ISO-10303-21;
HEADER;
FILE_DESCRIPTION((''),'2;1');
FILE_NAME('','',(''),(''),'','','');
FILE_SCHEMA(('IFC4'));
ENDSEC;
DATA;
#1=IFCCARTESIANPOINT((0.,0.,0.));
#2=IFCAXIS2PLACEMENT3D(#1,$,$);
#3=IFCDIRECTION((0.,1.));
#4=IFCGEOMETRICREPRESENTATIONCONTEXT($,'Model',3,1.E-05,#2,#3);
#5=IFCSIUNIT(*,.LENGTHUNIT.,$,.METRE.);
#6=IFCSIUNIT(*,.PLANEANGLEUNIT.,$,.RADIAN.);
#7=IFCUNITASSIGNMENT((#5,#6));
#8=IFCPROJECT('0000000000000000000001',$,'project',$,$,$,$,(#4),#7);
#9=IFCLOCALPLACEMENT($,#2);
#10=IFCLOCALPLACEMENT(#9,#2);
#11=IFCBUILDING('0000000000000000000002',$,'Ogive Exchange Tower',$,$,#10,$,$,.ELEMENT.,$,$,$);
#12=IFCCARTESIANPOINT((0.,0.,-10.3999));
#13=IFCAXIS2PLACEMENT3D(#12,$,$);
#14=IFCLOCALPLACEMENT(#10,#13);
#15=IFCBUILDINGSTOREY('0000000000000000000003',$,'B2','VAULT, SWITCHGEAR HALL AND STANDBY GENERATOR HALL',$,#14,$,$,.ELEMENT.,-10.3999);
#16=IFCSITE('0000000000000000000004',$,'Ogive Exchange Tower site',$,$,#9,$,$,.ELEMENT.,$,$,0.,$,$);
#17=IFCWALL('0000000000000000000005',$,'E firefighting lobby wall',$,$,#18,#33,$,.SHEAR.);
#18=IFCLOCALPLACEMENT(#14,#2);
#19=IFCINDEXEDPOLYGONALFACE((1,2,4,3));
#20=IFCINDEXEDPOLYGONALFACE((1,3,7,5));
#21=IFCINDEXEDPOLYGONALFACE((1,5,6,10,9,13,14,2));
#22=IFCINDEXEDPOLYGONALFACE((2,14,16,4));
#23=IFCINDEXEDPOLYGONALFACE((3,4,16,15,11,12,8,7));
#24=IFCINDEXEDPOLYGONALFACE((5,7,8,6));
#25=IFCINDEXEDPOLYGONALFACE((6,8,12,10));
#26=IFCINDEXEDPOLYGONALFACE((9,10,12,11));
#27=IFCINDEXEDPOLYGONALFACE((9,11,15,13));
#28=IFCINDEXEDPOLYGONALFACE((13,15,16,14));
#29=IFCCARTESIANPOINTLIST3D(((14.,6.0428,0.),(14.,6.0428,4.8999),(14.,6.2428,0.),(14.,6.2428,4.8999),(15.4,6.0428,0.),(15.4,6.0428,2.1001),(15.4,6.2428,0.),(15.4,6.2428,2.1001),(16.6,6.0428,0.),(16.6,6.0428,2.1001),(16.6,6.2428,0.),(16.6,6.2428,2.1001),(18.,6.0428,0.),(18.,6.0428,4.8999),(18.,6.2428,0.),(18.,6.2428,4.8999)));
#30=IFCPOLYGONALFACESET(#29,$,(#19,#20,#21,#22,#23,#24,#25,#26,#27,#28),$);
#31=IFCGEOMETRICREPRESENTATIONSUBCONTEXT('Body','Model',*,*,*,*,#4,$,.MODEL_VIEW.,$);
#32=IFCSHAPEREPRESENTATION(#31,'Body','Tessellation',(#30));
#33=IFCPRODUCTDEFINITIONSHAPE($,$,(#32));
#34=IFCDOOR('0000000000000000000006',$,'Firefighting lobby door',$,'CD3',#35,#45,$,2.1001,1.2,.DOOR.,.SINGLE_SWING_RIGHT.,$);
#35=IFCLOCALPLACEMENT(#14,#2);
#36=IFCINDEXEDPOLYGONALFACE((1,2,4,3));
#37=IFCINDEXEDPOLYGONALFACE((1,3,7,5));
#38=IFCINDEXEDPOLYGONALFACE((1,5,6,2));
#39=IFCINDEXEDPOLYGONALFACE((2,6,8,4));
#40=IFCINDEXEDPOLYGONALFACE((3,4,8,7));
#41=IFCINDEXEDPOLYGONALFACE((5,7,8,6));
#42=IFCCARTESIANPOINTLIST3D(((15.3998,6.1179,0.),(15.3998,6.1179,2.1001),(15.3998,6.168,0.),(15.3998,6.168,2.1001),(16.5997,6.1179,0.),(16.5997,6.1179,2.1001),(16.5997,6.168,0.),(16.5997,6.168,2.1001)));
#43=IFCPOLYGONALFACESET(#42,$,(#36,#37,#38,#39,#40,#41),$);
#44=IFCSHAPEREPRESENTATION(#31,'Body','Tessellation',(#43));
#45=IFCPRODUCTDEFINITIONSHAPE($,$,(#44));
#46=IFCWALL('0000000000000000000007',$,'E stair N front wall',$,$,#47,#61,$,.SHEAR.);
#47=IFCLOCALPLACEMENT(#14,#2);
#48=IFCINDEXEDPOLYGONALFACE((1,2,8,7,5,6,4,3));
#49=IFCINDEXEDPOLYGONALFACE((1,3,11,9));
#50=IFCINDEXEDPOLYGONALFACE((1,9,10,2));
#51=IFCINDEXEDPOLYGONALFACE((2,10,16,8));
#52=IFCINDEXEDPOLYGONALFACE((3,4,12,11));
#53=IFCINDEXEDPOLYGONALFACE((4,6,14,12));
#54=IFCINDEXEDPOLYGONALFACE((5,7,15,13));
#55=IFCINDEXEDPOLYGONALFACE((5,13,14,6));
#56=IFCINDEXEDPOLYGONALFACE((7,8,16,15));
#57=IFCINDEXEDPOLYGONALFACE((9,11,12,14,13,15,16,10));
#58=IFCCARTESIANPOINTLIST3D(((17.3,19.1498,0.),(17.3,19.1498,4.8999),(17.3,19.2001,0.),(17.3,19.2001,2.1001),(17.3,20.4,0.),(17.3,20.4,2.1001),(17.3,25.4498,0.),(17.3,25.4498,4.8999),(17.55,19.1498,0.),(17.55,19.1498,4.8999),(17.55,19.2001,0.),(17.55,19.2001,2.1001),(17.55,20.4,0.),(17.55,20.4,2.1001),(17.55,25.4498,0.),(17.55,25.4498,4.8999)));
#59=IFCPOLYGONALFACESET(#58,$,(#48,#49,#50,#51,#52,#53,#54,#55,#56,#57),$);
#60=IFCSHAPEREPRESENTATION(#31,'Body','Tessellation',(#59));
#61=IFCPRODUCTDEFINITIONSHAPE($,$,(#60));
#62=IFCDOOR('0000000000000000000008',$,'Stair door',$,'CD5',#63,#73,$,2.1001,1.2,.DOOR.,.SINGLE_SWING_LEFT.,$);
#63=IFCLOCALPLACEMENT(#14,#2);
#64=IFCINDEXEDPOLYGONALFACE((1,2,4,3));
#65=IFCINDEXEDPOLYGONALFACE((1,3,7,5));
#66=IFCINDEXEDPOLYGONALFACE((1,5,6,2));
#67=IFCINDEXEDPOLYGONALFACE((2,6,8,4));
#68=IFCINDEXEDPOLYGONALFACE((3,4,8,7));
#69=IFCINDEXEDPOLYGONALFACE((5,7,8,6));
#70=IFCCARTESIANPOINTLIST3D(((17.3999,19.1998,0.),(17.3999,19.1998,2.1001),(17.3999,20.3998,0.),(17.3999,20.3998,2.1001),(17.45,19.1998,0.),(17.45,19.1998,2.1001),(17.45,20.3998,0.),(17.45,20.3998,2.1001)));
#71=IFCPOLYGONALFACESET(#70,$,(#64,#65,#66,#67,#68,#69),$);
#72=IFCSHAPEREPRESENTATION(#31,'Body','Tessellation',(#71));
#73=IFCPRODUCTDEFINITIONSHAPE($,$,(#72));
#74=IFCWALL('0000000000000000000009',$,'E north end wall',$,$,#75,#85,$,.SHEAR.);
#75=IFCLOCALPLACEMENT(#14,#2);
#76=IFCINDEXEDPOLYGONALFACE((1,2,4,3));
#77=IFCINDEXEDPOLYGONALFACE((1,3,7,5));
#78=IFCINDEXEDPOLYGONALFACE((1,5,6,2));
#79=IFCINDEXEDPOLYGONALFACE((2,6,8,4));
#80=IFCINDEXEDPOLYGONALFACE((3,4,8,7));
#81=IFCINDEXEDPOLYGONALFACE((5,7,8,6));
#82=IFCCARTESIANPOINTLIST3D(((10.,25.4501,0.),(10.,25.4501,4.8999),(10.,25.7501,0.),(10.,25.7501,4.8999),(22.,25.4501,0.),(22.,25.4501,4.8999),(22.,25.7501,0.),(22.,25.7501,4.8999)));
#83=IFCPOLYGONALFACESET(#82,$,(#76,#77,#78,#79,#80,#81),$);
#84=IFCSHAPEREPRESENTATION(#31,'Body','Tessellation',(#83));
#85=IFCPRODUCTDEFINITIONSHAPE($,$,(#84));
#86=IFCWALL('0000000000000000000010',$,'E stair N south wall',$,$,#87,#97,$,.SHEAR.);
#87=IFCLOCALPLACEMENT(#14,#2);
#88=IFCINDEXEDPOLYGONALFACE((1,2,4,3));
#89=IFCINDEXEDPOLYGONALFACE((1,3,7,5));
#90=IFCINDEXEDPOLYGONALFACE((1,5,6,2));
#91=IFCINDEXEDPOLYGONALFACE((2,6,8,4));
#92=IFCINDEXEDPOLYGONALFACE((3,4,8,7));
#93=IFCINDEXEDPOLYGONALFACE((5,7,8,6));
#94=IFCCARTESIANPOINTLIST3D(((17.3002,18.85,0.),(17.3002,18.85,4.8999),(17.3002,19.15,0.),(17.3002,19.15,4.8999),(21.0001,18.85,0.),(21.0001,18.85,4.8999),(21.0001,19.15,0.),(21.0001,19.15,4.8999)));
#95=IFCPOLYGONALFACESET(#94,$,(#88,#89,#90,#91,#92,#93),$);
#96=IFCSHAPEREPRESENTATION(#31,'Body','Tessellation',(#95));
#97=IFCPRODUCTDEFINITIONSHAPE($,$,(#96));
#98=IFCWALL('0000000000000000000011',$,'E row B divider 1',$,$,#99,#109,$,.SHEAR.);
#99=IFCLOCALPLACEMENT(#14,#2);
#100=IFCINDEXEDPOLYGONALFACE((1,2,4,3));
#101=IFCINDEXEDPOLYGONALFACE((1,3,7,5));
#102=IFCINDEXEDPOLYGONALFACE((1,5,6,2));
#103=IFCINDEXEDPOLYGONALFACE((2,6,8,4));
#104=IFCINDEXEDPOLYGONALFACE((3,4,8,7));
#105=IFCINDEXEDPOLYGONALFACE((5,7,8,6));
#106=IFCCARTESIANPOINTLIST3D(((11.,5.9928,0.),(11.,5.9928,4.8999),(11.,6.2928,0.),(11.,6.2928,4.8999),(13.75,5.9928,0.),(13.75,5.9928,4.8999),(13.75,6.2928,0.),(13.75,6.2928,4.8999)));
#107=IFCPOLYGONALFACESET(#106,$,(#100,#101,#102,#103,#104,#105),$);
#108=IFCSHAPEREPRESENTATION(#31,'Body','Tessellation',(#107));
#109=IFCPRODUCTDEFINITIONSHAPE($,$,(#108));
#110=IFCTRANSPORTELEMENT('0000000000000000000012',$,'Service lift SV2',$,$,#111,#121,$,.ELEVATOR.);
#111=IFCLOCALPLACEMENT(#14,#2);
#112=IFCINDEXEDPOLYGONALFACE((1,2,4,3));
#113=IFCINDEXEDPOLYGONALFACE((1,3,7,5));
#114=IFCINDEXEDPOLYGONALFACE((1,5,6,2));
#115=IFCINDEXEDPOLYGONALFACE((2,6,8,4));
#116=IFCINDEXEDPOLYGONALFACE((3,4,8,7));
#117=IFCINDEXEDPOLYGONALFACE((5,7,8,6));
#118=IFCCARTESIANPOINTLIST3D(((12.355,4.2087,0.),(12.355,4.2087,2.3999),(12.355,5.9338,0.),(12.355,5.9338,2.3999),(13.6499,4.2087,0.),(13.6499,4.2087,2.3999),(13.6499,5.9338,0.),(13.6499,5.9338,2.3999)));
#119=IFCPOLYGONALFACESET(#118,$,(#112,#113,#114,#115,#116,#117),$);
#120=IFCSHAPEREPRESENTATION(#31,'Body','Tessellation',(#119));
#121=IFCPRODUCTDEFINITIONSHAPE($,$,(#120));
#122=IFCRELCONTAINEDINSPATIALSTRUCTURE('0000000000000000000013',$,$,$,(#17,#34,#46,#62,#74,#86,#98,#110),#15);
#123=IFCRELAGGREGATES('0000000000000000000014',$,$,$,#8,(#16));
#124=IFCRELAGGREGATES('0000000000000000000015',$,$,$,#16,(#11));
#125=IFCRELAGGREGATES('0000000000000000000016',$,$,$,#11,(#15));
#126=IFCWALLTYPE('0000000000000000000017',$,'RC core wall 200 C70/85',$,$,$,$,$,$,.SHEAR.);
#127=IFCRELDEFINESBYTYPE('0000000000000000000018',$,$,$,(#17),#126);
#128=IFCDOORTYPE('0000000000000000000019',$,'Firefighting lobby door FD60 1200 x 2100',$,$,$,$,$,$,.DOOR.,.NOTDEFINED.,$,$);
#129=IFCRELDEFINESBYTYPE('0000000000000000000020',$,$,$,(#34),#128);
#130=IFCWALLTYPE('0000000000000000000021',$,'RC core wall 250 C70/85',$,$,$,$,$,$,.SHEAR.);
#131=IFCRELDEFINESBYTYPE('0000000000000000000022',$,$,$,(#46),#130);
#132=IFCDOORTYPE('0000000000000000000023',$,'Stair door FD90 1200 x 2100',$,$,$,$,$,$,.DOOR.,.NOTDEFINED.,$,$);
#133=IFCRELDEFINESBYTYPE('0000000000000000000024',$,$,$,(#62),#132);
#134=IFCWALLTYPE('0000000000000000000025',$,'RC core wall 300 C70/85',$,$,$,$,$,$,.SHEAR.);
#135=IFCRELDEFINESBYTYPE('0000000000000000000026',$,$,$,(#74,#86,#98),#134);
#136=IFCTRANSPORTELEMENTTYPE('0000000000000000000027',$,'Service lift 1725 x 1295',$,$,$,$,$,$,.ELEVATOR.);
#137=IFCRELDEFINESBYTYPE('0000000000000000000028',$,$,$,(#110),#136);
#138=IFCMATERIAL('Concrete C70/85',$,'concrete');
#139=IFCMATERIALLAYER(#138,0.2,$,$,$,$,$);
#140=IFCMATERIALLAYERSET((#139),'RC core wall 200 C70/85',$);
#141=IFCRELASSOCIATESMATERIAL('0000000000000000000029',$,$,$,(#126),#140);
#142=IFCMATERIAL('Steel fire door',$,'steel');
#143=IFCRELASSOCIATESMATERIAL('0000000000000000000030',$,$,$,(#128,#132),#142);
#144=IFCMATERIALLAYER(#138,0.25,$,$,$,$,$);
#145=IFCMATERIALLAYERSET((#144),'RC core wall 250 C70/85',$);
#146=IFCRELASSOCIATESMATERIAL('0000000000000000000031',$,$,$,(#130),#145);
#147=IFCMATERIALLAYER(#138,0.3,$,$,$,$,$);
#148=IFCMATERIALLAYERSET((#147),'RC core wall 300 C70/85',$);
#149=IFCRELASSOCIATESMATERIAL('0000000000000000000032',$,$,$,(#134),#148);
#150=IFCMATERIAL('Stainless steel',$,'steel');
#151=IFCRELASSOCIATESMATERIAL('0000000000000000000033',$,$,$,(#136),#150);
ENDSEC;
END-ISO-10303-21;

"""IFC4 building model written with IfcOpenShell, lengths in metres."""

from ifc_helpers import new_model, si_unit, direction, frame, frame_2d, origin, origin_2d, place, context, subcontext, project, spatial, rectangle, extrude, material, layer, layer_set, type_object, element, fill, save


model = new_model("IFC4")

# Units and contexts
model_context = context("Model", 3, precision=1e-05, world=origin(), true_north=direction((0.0, 1.0)))
body_context = subcontext(model_context, "Body", "Model", "MODEL_VIEW")
ifc_project = project(units=[si_unit("LENGTHUNIT", "METRE"), si_unit("PLANEANGLEUNIT", "RADIAN")], contexts=[model_context])

# Site, building, storey
site_placement = place(None, origin())
site = spatial("IfcSite", under=ifc_project, at=site_placement, Name="Ogive Exchange Tower site", CompositionType="ELEMENT", RefElevation=0.0)
building_placement = place(site_placement, origin())
building = spatial("IfcBuilding", under=site, at=building_placement, Name="Ogive Exchange Tower", CompositionType="ELEMENT")
storey_placement = place(building_placement, frame((0.0, 0.0, -10.3999)))
storey = spatial("IfcBuildingStorey", under=building, at=storey_placement, Name="B2", Description="VAULT, SWITCHGEAR HALL AND STANDBY GENERATOR HALL", CompositionType="ELEMENT", Elevation=-10.3999)

# Shared definitions
ifc_material_1 = material(Name="Concrete C70/85", Category="concrete")

# Walls, openings, doors
ifc_layer_1 = layer(ifc_material_1, 0.2)
ifc_layer_set_1 = layer_set([ifc_layer_1], Name="RC core wall 200 C70/85")
wall_type_1 = type_object("IfcWallType", Name="RC core wall 200 C70/85", PredefinedType="SHEAR", material=ifc_layer_set_1)
wall_1_placement = place(storey_placement, frame((14.0, 6.1428, 0.0), z_axis=(0.0, 0.0, 1.0), x_axis=(1.0, 0.0, 0.0)))
wall_1 = element("IfcWall", 1, at=wall_1_placement, inside=storey, type_object=wall_type_1, Name="E firefighting lobby wall", PredefinedType="SHEAR", context=body_context, shape_type="SweptSolid", body=[
    extrude(rectangle(XDim=4.0, YDim=0.2, at=frame_2d((2.0, 0.0))), origin(), (0.0, 0.0, 1.0), 4.8999),
])
opening_1_placement = place(wall_1_placement, frame((1.3999, 0.0, 0.0)))
opening_1 = element("IfcOpeningElement", 2, at=opening_1_placement, cuts=wall_1, PredefinedType="OPENING", context=body_context, shape_type="SweptSolid", body=[
    extrude(rectangle(XDim=1.2, YDim=2.1001, at=frame_2d((0.6001, 1.05))), frame((0.0, 0.1099, 0.0), z_axis=(0.0, -1.0, 0.0), x_axis=(1.0, 0.0, 0.0)), (0.0, 0.0, 1.0), 0.22),
])
ifc_material_2 = material(Name="Steel fire door", Category="steel")
door_type_1 = type_object("IfcDoorType", Name="Firefighting lobby door FD60 1200 x 2100", OperationType="NOTDEFINED", PredefinedType="DOOR", material=ifc_material_2)
door_1_placement = place(opening_1_placement, frame((1.2, 0.0, 0.0), z_axis=(0.0, 0.0, 1.0), x_axis=(-1.0, 0.0, 0.0)))
door_1 = element("IfcDoor", 3, at=door_1_placement, inside=storey, type_object=door_type_1, Name="Firefighting lobby door", ObjectType="CD3", OperationType="SINGLE_SWING_RIGHT", OverallHeight=2.1001, OverallWidth=1.2, PredefinedType="DOOR", context=body_context, shape_type="SweptSolid", body=[
    extrude(rectangle(XDim=1.2, YDim=2.1001, at=frame_2d((0.6001, 1.05))), frame((0.0, 0.0249, 0.0), z_axis=(0.0, -1.0, 0.0), x_axis=(1.0, 0.0, 0.0)), (0.0, 0.0, 1.0), 0.05),
])
fill(opening_1, door_1)
ifc_layer_2 = layer(ifc_material_1, 0.25)
ifc_layer_set_2 = layer_set([ifc_layer_2], Name="RC core wall 250 C70/85")
wall_type_2 = type_object("IfcWallType", Name="RC core wall 250 C70/85", PredefinedType="SHEAR", material=ifc_layer_set_2)
wall_2_placement = place(storey_placement, frame((17.425, 19.1499, 0.0), z_axis=(0.0, 0.0, 1.0), x_axis=(0.0, 1.0, 0.0)))
wall_2 = element("IfcWall", 4, at=wall_2_placement, inside=storey, type_object=wall_type_2, Name="E stair N front wall", PredefinedType="SHEAR", context=body_context, shape_type="SweptSolid", body=[
    extrude(rectangle(XDim=6.3, YDim=0.25, at=frame_2d((3.1499, 0.0))), origin(), (0.0, 0.0, 1.0), 4.8999),
])
opening_2_placement = place(wall_2_placement, frame((0.05, 0.0, 0.0)))
opening_2 = element("IfcOpeningElement", 5, at=opening_2_placement, cuts=wall_2, PredefinedType="OPENING", context=body_context, shape_type="SweptSolid", body=[
    extrude(rectangle(XDim=1.2, YDim=2.1001, at=frame_2d((0.6001, 1.05))), frame((0.0, 0.135, 0.0), z_axis=(0.0, -1.0, 0.0), x_axis=(1.0, 0.0, 0.0)), (0.0, 0.0, 1.0), 0.27),
])
door_type_2 = type_object("IfcDoorType", Name="Stair door FD90 1200 x 2100", OperationType="NOTDEFINED", PredefinedType="DOOR", material=ifc_material_2)
door_2_placement = place(opening_2_placement, frame((1.2, 0.0, 0.0), z_axis=(0.0, 0.0, 1.0), x_axis=(-1.0, 0.0, 0.0)))
door_2 = element("IfcDoor", 6, at=door_2_placement, inside=storey, type_object=door_type_2, Name="Stair door", ObjectType="CD5", OperationType="SINGLE_SWING_LEFT", OverallHeight=2.1001, OverallWidth=1.2, PredefinedType="DOOR", context=body_context, shape_type="SweptSolid", body=[
    extrude(rectangle(XDim=1.2, YDim=2.1001, at=frame_2d((0.6001, 1.05))), frame((0.0, 0.0249, 0.0), z_axis=(0.0, -1.0, 0.0), x_axis=(1.0, 0.0, 0.0)), (0.0, 0.0, 1.0), 0.05),
])
fill(opening_2, door_2)

# Walls
ifc_layer_3 = layer(ifc_material_1, 0.3)
ifc_layer_set_3 = layer_set([ifc_layer_3], Name="RC core wall 300 C70/85")
wall_type_3 = type_object("IfcWallType", Name="RC core wall 300 C70/85", PredefinedType="SHEAR", material=ifc_layer_set_3)
wall_3_placement = place(storey_placement, frame((10.0, 25.6001, 0.0), z_axis=(0.0, 0.0, 1.0), x_axis=(1.0, 0.0, 0.0)))
element("IfcWall", 7, at=wall_3_placement, inside=storey, type_object=wall_type_3, Name="E north end wall", PredefinedType="SHEAR", context=body_context, shape_type="SweptSolid", body=[
    extrude(rectangle(XDim=12.0, YDim=0.3, at=frame_2d((6.0, 0.0))), origin(), (0.0, 0.0, 1.0), 4.8999),
])
wall_4_placement = place(storey_placement, frame((17.3, 19.0, 0.0), z_axis=(0.0, 0.0, 1.0), x_axis=(1.0, 0.0, 0.0)))
element("IfcWall", 8, at=wall_4_placement, inside=storey, type_object=wall_type_3, Name="E stair N south wall", PredefinedType="SHEAR", context=body_context, shape_type="SweptSolid", body=[
    extrude(rectangle(XDim=3.7, YDim=0.3, at=frame_2d((1.8501, 0.0))), origin(), (0.0, 0.0, 1.0), 4.8999),
])
wall_5_placement = place(storey_placement, frame((11.0, 6.1428, 0.0), z_axis=(0.0, 0.0, 1.0), x_axis=(1.0, 0.0, 0.0)))
element("IfcWall", 9, at=wall_5_placement, inside=storey, type_object=wall_type_3, Name="E row B divider 1", PredefinedType="SHEAR", context=body_context, shape_type="SweptSolid", body=[
    extrude(rectangle(XDim=2.75, YDim=0.3, at=frame_2d((1.375, 0.0))), origin(), (0.0, 0.0, 1.0), 4.8999),
])

# Transport element
ifc_material_3 = material(Name="Stainless steel", Category="steel")
transport_element_type = type_object("IfcTransportElementType", Name="Service lift 1725 x 1295", PredefinedType="ELEVATOR", material=ifc_material_3)
transport_element_placement = place(storey_placement, frame((13.0024, 5.0713, 0.0), z_axis=(0.0, 0.0, 1.0), x_axis=(1.0, 0.0, 0.0)))
element("IfcTransportElement", 10, at=transport_element_placement, inside=storey, type_object=transport_element_type, Name="Service lift SV2", PredefinedType="ELEVATOR", context=body_context, shape_type="SweptSolid", body=[
    extrude(rectangle(XDim=1.2949, YDim=1.7251, at=origin_2d()), origin(), (0.0, 0.0, 1.0), 2.3999),
])

save(model, "model.ifc")
